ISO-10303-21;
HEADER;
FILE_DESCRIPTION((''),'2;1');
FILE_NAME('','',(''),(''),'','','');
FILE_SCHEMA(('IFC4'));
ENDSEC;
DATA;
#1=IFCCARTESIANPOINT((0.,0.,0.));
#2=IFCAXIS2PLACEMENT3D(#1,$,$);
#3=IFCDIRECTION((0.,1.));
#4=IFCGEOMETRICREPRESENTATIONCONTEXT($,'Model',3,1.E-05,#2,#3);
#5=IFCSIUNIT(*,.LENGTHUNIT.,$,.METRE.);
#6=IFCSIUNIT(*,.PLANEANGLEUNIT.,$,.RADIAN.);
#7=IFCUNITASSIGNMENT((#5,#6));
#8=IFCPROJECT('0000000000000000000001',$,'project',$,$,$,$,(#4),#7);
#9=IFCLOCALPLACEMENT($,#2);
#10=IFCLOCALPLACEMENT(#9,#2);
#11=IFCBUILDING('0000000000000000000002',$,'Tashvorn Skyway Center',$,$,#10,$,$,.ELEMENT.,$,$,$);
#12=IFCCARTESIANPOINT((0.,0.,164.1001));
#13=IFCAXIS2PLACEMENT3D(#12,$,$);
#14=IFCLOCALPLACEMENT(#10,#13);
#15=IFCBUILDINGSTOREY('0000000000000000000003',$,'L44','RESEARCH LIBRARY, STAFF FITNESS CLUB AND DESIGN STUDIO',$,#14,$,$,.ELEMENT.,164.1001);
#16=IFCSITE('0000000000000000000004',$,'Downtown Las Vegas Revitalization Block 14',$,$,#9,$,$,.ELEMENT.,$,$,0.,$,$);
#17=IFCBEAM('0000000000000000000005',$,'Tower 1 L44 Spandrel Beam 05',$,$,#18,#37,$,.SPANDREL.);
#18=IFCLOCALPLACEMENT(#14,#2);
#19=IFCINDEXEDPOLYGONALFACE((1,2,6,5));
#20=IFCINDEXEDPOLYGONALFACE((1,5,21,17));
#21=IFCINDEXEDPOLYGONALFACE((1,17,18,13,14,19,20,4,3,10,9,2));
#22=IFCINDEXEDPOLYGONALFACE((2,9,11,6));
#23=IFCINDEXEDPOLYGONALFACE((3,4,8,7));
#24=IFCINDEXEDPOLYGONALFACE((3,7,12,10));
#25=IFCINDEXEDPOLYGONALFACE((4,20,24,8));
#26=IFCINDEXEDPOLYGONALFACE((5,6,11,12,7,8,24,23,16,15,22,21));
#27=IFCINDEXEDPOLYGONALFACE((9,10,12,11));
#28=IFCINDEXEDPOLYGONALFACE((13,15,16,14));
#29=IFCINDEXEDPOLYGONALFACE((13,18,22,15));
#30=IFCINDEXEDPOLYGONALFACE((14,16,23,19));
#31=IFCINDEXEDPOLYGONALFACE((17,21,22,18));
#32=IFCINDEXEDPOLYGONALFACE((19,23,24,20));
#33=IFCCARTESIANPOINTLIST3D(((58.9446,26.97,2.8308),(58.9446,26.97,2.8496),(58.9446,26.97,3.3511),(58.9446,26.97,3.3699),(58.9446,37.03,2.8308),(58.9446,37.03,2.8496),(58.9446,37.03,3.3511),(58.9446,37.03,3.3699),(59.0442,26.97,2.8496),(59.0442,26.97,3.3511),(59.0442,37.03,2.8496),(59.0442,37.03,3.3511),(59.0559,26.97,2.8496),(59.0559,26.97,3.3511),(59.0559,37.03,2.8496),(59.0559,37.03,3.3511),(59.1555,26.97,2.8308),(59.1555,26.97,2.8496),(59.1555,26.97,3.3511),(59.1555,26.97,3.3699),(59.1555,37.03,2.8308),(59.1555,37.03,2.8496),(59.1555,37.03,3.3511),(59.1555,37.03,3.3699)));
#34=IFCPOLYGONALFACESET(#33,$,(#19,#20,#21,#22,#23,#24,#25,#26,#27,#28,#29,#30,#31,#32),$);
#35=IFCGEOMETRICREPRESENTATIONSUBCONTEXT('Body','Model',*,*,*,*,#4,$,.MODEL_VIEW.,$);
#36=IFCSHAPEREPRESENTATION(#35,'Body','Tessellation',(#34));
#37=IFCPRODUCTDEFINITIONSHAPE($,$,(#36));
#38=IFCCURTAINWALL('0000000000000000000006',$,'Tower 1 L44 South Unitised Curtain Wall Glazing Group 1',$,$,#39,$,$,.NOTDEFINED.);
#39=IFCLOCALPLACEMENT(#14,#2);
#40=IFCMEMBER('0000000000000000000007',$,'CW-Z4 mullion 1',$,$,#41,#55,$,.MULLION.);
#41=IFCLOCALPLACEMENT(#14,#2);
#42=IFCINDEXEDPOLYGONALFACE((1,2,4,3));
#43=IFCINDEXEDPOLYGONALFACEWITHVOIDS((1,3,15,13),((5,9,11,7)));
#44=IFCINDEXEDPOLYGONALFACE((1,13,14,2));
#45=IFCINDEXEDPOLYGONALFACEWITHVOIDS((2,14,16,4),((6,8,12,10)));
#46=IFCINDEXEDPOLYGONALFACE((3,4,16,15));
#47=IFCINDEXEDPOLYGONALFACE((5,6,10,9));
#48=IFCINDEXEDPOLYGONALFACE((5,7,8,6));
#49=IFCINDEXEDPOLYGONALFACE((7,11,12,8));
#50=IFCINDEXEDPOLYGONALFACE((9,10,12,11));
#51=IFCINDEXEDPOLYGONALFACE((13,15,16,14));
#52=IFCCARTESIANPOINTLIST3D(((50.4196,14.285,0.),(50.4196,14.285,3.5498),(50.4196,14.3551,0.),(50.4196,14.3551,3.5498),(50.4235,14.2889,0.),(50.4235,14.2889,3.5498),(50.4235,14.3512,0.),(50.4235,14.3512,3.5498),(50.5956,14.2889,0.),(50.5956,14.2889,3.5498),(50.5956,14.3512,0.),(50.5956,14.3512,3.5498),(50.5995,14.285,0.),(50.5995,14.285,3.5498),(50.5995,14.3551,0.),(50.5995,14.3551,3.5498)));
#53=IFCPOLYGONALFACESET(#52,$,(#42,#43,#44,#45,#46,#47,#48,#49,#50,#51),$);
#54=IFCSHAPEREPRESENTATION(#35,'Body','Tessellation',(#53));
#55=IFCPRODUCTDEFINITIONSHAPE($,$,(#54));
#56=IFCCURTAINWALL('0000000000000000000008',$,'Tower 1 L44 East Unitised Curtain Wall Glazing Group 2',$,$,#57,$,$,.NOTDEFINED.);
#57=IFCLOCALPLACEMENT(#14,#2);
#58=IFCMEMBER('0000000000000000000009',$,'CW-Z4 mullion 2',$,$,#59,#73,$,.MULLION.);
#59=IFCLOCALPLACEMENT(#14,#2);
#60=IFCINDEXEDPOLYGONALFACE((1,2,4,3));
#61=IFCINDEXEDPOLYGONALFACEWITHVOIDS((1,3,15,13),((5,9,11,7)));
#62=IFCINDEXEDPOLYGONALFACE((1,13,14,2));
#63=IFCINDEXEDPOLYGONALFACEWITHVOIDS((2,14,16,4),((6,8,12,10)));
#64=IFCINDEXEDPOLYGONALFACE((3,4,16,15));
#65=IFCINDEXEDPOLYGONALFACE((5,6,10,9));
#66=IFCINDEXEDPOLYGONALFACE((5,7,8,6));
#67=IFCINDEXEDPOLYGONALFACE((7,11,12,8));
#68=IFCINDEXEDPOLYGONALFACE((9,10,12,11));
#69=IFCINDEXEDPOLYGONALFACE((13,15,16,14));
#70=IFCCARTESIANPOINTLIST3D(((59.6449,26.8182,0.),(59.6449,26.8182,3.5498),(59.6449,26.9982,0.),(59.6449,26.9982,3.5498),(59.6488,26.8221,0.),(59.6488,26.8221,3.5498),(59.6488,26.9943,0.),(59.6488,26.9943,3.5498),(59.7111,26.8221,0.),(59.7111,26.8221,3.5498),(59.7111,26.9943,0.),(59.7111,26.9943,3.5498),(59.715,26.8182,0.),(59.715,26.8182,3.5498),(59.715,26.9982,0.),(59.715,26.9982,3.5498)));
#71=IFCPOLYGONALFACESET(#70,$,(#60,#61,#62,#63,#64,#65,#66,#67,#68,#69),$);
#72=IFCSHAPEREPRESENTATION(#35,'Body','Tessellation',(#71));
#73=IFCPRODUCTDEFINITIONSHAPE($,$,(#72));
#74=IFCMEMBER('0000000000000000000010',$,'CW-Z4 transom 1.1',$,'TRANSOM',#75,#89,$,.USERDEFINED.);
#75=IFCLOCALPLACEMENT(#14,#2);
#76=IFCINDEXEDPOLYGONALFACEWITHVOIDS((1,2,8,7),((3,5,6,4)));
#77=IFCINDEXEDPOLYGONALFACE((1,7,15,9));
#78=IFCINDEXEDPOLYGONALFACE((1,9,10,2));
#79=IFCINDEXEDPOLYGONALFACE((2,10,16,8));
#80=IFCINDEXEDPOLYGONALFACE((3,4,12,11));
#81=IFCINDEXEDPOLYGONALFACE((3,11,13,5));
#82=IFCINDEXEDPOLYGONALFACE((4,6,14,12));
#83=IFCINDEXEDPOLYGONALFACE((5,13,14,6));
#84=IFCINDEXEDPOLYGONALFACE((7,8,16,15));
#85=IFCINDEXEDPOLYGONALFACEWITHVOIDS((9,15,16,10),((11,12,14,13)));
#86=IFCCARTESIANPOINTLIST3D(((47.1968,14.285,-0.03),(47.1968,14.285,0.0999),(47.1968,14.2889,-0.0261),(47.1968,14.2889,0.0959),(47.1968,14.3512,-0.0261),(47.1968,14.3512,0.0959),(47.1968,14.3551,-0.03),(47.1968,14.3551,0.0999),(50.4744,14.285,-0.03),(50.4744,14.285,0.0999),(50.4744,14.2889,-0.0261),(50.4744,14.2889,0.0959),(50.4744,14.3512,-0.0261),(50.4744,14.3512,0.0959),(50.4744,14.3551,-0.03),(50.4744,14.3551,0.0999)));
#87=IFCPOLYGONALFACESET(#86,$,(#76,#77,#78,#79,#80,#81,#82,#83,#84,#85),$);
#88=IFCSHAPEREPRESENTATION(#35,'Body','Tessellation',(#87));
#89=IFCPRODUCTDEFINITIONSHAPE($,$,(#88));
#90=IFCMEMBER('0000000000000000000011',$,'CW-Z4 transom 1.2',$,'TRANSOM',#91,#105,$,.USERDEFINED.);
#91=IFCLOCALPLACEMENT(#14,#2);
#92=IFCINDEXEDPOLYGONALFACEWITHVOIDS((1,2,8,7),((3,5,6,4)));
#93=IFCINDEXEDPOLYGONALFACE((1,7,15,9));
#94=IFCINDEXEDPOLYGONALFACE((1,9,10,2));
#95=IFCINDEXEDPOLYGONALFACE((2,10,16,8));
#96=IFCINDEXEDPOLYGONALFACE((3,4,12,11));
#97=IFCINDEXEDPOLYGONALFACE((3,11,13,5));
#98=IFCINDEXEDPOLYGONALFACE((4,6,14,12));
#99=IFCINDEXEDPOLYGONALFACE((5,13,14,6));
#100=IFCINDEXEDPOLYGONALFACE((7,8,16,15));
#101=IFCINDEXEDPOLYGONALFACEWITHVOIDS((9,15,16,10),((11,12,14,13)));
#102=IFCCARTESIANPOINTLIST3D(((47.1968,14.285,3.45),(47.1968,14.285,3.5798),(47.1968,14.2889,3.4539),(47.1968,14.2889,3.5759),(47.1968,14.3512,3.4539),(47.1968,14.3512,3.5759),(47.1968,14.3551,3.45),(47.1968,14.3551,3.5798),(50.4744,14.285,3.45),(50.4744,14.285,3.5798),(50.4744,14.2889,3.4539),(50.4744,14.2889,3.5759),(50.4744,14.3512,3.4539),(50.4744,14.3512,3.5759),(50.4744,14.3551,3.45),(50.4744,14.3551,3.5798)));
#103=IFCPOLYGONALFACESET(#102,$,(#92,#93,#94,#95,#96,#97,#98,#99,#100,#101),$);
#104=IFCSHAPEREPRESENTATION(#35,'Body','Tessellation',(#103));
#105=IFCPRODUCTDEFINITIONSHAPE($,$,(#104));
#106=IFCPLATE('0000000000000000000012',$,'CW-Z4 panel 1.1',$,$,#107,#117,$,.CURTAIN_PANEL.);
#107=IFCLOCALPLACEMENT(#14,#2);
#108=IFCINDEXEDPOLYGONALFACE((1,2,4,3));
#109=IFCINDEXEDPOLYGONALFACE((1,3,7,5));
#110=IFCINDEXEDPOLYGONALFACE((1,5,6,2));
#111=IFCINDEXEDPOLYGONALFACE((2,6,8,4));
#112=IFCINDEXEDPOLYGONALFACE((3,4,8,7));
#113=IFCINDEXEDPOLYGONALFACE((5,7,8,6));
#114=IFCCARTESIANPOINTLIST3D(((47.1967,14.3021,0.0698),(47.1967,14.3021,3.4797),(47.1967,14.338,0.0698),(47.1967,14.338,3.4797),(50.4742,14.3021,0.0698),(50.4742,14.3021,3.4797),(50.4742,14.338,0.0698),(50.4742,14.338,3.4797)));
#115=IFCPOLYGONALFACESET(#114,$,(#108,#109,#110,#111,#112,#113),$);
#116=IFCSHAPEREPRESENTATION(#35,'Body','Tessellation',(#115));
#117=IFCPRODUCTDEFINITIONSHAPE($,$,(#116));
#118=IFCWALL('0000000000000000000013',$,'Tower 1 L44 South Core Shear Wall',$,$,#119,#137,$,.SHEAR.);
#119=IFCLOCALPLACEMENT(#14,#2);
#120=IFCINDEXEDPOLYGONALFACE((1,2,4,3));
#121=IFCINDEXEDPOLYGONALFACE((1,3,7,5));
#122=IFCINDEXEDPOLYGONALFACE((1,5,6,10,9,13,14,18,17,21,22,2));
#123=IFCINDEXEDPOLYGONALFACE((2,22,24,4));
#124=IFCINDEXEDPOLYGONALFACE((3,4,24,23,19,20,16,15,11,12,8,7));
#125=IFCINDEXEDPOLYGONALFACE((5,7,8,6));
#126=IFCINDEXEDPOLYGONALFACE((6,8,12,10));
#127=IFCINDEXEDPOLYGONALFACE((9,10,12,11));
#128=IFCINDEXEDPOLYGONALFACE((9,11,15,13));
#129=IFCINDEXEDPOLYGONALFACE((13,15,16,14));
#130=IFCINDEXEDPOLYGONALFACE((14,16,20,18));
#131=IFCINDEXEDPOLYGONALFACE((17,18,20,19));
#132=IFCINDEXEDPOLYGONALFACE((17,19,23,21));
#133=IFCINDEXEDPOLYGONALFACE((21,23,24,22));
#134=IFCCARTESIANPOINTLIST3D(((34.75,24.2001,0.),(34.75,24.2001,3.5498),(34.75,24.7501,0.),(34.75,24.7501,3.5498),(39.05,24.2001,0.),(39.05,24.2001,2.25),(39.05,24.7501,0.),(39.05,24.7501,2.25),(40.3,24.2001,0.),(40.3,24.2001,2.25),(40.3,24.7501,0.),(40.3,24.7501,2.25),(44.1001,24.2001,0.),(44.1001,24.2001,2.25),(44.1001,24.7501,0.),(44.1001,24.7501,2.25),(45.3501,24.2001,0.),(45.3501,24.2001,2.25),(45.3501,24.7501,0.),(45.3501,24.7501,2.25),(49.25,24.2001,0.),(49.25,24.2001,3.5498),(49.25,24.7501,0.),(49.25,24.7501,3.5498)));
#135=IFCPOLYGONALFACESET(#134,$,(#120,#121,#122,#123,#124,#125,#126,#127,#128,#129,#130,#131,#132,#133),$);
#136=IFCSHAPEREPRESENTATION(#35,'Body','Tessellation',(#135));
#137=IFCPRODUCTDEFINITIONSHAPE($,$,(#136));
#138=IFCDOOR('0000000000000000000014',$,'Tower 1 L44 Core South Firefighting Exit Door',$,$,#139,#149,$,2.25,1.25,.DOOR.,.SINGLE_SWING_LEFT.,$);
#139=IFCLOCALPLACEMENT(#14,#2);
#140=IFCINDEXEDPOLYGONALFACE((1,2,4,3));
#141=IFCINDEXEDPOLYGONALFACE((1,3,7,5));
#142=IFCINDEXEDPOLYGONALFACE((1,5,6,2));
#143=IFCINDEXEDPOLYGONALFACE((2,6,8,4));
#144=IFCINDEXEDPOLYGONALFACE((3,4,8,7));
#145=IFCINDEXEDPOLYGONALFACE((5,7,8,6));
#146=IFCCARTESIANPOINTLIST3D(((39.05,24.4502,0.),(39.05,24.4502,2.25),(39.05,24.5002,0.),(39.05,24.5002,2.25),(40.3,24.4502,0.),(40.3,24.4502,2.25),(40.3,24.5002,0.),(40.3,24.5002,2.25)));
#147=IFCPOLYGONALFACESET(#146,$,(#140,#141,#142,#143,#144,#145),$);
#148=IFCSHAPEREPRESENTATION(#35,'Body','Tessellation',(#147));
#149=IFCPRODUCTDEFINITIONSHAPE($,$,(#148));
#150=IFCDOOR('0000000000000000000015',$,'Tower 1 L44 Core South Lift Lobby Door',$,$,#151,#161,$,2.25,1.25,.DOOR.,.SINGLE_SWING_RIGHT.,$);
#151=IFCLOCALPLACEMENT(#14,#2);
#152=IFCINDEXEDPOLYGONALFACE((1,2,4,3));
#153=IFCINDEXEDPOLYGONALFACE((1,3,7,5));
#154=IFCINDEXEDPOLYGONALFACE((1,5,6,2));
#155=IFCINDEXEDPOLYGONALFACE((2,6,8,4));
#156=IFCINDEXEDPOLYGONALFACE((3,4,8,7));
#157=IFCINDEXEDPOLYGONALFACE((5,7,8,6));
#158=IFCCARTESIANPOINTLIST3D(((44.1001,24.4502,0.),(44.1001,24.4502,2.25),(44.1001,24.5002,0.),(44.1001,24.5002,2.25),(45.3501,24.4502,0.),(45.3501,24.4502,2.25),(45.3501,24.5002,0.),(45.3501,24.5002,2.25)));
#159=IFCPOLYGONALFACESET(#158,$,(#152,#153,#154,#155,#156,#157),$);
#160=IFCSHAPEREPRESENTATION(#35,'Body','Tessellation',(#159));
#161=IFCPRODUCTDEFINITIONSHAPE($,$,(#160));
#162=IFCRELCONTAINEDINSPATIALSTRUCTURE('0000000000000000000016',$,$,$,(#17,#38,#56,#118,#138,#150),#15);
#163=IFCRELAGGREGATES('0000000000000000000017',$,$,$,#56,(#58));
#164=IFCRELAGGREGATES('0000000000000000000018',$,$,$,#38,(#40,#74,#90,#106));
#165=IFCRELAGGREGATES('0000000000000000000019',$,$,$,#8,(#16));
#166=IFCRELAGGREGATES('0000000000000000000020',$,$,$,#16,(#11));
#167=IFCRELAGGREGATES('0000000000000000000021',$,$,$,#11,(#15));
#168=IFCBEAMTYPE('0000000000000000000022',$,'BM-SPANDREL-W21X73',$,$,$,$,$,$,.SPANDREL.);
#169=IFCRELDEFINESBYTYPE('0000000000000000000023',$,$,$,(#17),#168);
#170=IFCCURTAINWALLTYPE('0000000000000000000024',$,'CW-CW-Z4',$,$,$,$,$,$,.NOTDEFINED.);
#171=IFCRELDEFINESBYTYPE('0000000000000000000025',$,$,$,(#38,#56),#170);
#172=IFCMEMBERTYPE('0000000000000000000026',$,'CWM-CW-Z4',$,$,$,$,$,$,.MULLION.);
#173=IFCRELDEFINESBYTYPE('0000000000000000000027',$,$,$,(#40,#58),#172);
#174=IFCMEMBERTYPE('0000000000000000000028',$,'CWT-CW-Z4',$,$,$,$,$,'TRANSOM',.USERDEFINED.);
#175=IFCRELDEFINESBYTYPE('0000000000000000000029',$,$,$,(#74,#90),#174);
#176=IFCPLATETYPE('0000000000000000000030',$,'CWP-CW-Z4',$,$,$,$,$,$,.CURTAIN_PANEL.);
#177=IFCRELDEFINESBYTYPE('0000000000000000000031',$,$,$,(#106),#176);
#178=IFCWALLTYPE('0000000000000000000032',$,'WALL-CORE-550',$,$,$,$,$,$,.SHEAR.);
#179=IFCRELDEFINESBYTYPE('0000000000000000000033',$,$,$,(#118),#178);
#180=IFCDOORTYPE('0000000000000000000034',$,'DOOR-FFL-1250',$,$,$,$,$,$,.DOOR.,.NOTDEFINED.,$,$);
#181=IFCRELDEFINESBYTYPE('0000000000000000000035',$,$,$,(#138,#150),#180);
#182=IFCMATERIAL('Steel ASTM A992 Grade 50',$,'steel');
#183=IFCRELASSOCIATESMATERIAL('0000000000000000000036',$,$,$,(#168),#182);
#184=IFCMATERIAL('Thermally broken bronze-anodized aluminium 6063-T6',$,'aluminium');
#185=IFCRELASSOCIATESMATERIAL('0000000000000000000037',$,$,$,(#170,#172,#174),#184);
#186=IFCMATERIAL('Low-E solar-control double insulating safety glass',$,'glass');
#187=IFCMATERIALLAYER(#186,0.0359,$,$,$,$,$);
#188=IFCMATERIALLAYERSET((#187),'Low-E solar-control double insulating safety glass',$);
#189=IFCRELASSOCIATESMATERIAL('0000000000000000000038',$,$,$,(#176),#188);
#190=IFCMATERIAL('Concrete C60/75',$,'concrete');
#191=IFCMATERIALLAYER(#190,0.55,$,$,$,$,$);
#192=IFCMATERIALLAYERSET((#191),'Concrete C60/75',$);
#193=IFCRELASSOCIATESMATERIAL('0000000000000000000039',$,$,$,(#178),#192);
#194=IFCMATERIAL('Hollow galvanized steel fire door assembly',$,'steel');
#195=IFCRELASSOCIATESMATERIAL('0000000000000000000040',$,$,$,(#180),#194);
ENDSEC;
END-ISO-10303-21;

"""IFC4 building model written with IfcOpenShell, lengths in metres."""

from ifc_helpers import new_model, si_unit, direction, frame, frame_2d, origin, origin_2d, place, context, subcontext, project, spatial, rectangle, hollow_rectangle, i_section, extrude, material, layer, layer_set, material_profile, profile_set, type_object, element, fill, aggregate, save


model = new_model("IFC4")

# Units and contexts
model_context = context("Model", 3, precision=1e-05, world=origin(), true_north=direction((0.0, 1.0)))
body_context = subcontext(model_context, "Body", "Model", "MODEL_VIEW")
ifc_project = project(units=[si_unit("LENGTHUNIT", "METRE"), si_unit("PLANEANGLEUNIT", "RADIAN")], contexts=[model_context])

# Site, building, storey
site_placement = place(None, origin())
site = spatial("IfcSite", under=ifc_project, at=site_placement, Name="Downtown Las Vegas Revitalization Block 14", CompositionType="ELEMENT", RefElevation=0.0)
building_placement = place(site_placement, origin())
building = spatial("IfcBuilding", under=site, at=building_placement, Name="Tashvorn Skyway Center", CompositionType="ELEMENT")
storey_placement = place(building_placement, frame((0.0, 0.0, 164.1001)))
storey = spatial("IfcBuildingStorey", under=building, at=storey_placement, Name="L44", Description="RESEARCH LIBRARY, STAFF FITNESS CLUB AND DESIGN STUDIO", CompositionType="ELEMENT", Elevation=164.1001)

# Beam
ifc_material_1 = material(Name="Steel ASTM A992 Grade 50", Category="steel")
ifc_material_profile_1 = material_profile(ifc_material_1, i_section(OverallWidth=0.2109, OverallDepth=0.5391, WebThickness=0.0117, FlangeThickness=0.0188, at=origin_2d()), Name="W21X73")
ifc_profile_set_1 = profile_set([ifc_material_profile_1], Name="Steel ASTM A992 Grade 50")
beam_type_1 = type_object("IfcBeamType", Name="BM-SPANDREL-W21X73", PredefinedType="SPANDREL", material=ifc_profile_set_1)
beam_1_placement = place(storey_placement, frame((59.05, 26.97, 3.1003), z_axis=(0.0, 1.0, 0.0), x_axis=(-1.0, 0.0, 0.0)))
element("IfcBeam", 1, at=beam_1_placement, inside=storey, type_object=beam_type_1, Name="Tower 1 L44 Spandrel Beam 05", PredefinedType="SPANDREL", context=body_context, shape_type="SweptSolid", body=[
    extrude(i_section(OverallWidth=0.2109, OverallDepth=0.5391, WebThickness=0.0117, FlangeThickness=0.0188, at=origin_2d()), origin(), (0.0, 0.0, 1.0), 10.0601),
])

# Curtain walls, members
ifc_material_2 = material(Name="Thermally broken bronze-anodized aluminium 6063-T6", Category="aluminium")
curtain_wall_type = type_object("IfcCurtainWallType", Name="CW-CW-Z4", PredefinedType="NOTDEFINED", material=ifc_material_2)
curtain_wall_1_placement = place(storey_placement, origin())
curtain_wall_1 = element("IfcCurtainWall", 2, at=curtain_wall_1_placement, inside=storey, type_object=curtain_wall_type, Name="Tower 1 L44 South Unitised Curtain Wall Glazing Group 1", PredefinedType="NOTDEFINED")
ifc_material_profile_2 = material_profile(ifc_material_2, hollow_rectangle(XDim=0.0701, YDim=0.1799, WallThickness=0.0039, at=origin_2d()), Name="ALU-MULL-70x180")
ifc_profile_set_2 = profile_set([ifc_material_profile_2], Name="Thermally broken bronze-anodized aluminium 6063-T6")
member_type_1 = type_object("IfcMemberType", Name="CWM-CW-Z4", PredefinedType="MULLION", material=ifc_profile_set_2)
member_1_placement = place(storey_placement, frame((50.5095, 14.3201, 0.0), z_axis=(0.0, 0.0, 1.0), x_axis=(0.0, -1.0, 0.0)))
member_1 = element("IfcMember", 3, at=member_1_placement, type_object=member_type_1, Name="CW-Z4 mullion 1", PredefinedType="MULLION", context=body_context, shape_type="SweptSolid", body=[
    extrude(hollow_rectangle(XDim=0.0701, YDim=0.1799, WallThickness=0.0039, at=origin_2d()), origin(), (0.0, 0.0, 1.0), 3.5498),
])
curtain_wall_2_placement = place(storey_placement, origin())
curtain_wall_2 = element("IfcCurtainWall", 4, at=curtain_wall_2_placement, inside=storey, type_object=curtain_wall_type, Name="Tower 1 L44 East Unitised Curtain Wall Glazing Group 2", PredefinedType="NOTDEFINED")
member_2_placement = place(storey_placement, frame((59.6799, 26.9082, 0.0), z_axis=(0.0, 0.0, 1.0), x_axis=(1.0, 0.0, 0.0)))
member_2 = element("IfcMember", 5, at=member_2_placement, type_object=member_type_1, Name="CW-Z4 mullion 2", PredefinedType="MULLION", context=body_context, shape_type="SweptSolid", body=[
    extrude(hollow_rectangle(XDim=0.0701, YDim=0.1799, WallThickness=0.0039, at=origin_2d()), origin(), (0.0, 0.0, 1.0), 3.5498),
])
aggregate(curtain_wall_2, [member_2])

# Members
ifc_material_profile_3 = material_profile(ifc_material_2, hollow_rectangle(XDim=0.0701, YDim=0.1299, WallThickness=0.0039, at=origin_2d()), Name="ALU-TRAN-70x130")
ifc_profile_set_3 = profile_set([ifc_material_profile_3], Name="Thermally broken bronze-anodized aluminium 6063-T6")
member_type_2 = type_object("IfcMemberType", Name="CWT-CW-Z4", ElementType="TRANSOM", PredefinedType="USERDEFINED", material=ifc_profile_set_3)
member_3_placement = place(storey_placement, frame((50.4744, 14.3201, 0.0349), z_axis=(-1.0, 0.0, 0.0), x_axis=(0.0, -1.0, 0.0)))
member_3 = element("IfcMember", 6, at=member_3_placement, type_object=member_type_2, Name="CW-Z4 transom 1.1", ObjectType="TRANSOM", PredefinedType="USERDEFINED", context=body_context, shape_type="SweptSolid", body=[
    extrude(hollow_rectangle(XDim=0.0701, YDim=0.1299, WallThickness=0.0039, at=origin_2d()), origin(), (0.0, 0.0, 1.0), 3.2776),
])
member_4_placement = place(storey_placement, frame((50.4744, 14.3201, 3.5149), z_axis=(-1.0, 0.0, 0.0), x_axis=(0.0, -1.0, 0.0)))
member_4 = element("IfcMember", 7, at=member_4_placement, type_object=member_type_2, Name="CW-Z4 transom 1.2", ObjectType="TRANSOM", PredefinedType="USERDEFINED", context=body_context, shape_type="SweptSolid", body=[
    extrude(hollow_rectangle(XDim=0.0701, YDim=0.1299, WallThickness=0.0039, at=origin_2d()), origin(), (0.0, 0.0, 1.0), 3.2776),
])

# Plate
ifc_material_3 = material(Name="Low-E solar-control double insulating safety glass", Category="glass")
ifc_layer_1 = layer(ifc_material_3, 0.0359)
ifc_layer_set_1 = layer_set([ifc_layer_1], Name="Low-E solar-control double insulating safety glass")
plate_type = type_object("IfcPlateType", Name="CWP-CW-Z4", PredefinedType="CURTAIN_PANEL", material=ifc_layer_set_1)
plate_placement = place(storey_placement, frame((48.8354, 14.3201, 0.0698), z_axis=(0.0, 0.0, 1.0), x_axis=(-1.0, 0.0, 0.0)))
plate = element("IfcPlate", 8, at=plate_placement, type_object=plate_type, Name="CW-Z4 panel 1.1", PredefinedType="CURTAIN_PANEL", context=body_context, shape_type="SweptSolid", body=[
    extrude(rectangle(XDim=3.2776, YDim=0.0359, at=origin_2d()), origin(), (0.0, 0.0, 1.0), 3.4099),
])
aggregate(curtain_wall_1, [member_1, member_3, member_4, plate])

# Wall, openings, doors
ifc_material_4 = material(Name="Concrete C60/75", Category="concrete")
ifc_layer_2 = layer(ifc_material_4, 0.55)
ifc_layer_set_2 = layer_set([ifc_layer_2], Name="Concrete C60/75")
wall_type_1 = type_object("IfcWallType", Name="WALL-CORE-550", PredefinedType="SHEAR", material=ifc_layer_set_2)
wall_1_placement = place(storey_placement, frame((49.25, 24.4751, 0.0), z_axis=(0.0, 0.0, 1.0), x_axis=(-1.0, 0.0, 0.0)))
wall_1 = element("IfcWall", 9, at=wall_1_placement, inside=storey, type_object=wall_type_1, Name="Tower 1 L44 South Core Shear Wall", PredefinedType="SHEAR", context=body_context, shape_type="SweptSolid", body=[
    extrude(rectangle(XDim=14.5, YDim=0.55, at=frame_2d((7.25, 0.0))), origin(), (0.0, 0.0, 1.0), 3.5498),
])
opening_1_placement = place(wall_1_placement, frame((8.95, 0.0, 0.0)))
opening_1 = element("IfcOpeningElement", 10, at=opening_1_placement, cuts=wall_1, PredefinedType="OPENING", context=body_context, shape_type="SweptSolid", body=[
    extrude(rectangle(XDim=1.25, YDim=2.25, at=frame_2d((0.625, 1.125))), frame((0.0, 0.2849, 0.0), z_axis=(0.0, -1.0, 0.0), x_axis=(1.0, 0.0, 0.0)), (0.0, 0.0, 1.0), 0.5701),
])
opening_2_placement = place(wall_1_placement, frame((3.8999, 0.0, 0.0)))
opening_2 = element("IfcOpeningElement", 11, at=opening_2_placement, cuts=wall_1, PredefinedType="OPENING", context=body_context, shape_type="SweptSolid", body=[
    extrude(rectangle(XDim=1.25, YDim=2.25, at=frame_2d((0.625, 1.125))), frame((0.0, 0.2849, 0.0), z_axis=(0.0, -1.0, 0.0), x_axis=(1.0, 0.0, 0.0)), (0.0, 0.0, 1.0), 0.5701),
])
ifc_material_5 = material(Name="Hollow galvanized steel fire door assembly", Category="steel")
door_type_1 = type_object("IfcDoorType", Name="DOOR-FFL-1250", OperationType="NOTDEFINED", PredefinedType="DOOR", material=ifc_material_5)
door_1_placement = place(opening_1_placement, origin())
door_1 = element("IfcDoor", 12, at=door_1_placement, inside=storey, type_object=door_type_1, Name="Tower 1 L44 Core South Firefighting Exit Door", OperationType="SINGLE_SWING_LEFT", OverallHeight=2.25, OverallWidth=1.25, PredefinedType="DOOR", context=body_context, shape_type="SweptSolid", body=[
    extrude(rectangle(XDim=1.25, YDim=2.25, at=frame_2d((0.625, 1.125))), frame((0.0, 0.0249, 0.0), z_axis=(0.0, -1.0, 0.0), x_axis=(1.0, 0.0, 0.0)), (0.0, 0.0, 1.0), 0.05),
])
fill(opening_1, door_1)
door_2_placement = place(opening_2_placement, origin())
door_2 = element("IfcDoor", 13, at=door_2_placement, inside=storey, type_object=door_type_1, Name="Tower 1 L44 Core South Lift Lobby Door", OperationType="SINGLE_SWING_RIGHT", OverallHeight=2.25, OverallWidth=1.25, PredefinedType="DOOR", context=body_context, shape_type="SweptSolid", body=[
    extrude(rectangle(XDim=1.25, YDim=2.25, at=frame_2d((0.625, 1.125))), frame((0.0, 0.0249, 0.0), z_axis=(0.0, -1.0, 0.0), x_axis=(1.0, 0.0, 0.0)), (0.0, 0.0, 1.0), 0.05),
])
fill(opening_2, door_2)

save(model, "model.ifc")
